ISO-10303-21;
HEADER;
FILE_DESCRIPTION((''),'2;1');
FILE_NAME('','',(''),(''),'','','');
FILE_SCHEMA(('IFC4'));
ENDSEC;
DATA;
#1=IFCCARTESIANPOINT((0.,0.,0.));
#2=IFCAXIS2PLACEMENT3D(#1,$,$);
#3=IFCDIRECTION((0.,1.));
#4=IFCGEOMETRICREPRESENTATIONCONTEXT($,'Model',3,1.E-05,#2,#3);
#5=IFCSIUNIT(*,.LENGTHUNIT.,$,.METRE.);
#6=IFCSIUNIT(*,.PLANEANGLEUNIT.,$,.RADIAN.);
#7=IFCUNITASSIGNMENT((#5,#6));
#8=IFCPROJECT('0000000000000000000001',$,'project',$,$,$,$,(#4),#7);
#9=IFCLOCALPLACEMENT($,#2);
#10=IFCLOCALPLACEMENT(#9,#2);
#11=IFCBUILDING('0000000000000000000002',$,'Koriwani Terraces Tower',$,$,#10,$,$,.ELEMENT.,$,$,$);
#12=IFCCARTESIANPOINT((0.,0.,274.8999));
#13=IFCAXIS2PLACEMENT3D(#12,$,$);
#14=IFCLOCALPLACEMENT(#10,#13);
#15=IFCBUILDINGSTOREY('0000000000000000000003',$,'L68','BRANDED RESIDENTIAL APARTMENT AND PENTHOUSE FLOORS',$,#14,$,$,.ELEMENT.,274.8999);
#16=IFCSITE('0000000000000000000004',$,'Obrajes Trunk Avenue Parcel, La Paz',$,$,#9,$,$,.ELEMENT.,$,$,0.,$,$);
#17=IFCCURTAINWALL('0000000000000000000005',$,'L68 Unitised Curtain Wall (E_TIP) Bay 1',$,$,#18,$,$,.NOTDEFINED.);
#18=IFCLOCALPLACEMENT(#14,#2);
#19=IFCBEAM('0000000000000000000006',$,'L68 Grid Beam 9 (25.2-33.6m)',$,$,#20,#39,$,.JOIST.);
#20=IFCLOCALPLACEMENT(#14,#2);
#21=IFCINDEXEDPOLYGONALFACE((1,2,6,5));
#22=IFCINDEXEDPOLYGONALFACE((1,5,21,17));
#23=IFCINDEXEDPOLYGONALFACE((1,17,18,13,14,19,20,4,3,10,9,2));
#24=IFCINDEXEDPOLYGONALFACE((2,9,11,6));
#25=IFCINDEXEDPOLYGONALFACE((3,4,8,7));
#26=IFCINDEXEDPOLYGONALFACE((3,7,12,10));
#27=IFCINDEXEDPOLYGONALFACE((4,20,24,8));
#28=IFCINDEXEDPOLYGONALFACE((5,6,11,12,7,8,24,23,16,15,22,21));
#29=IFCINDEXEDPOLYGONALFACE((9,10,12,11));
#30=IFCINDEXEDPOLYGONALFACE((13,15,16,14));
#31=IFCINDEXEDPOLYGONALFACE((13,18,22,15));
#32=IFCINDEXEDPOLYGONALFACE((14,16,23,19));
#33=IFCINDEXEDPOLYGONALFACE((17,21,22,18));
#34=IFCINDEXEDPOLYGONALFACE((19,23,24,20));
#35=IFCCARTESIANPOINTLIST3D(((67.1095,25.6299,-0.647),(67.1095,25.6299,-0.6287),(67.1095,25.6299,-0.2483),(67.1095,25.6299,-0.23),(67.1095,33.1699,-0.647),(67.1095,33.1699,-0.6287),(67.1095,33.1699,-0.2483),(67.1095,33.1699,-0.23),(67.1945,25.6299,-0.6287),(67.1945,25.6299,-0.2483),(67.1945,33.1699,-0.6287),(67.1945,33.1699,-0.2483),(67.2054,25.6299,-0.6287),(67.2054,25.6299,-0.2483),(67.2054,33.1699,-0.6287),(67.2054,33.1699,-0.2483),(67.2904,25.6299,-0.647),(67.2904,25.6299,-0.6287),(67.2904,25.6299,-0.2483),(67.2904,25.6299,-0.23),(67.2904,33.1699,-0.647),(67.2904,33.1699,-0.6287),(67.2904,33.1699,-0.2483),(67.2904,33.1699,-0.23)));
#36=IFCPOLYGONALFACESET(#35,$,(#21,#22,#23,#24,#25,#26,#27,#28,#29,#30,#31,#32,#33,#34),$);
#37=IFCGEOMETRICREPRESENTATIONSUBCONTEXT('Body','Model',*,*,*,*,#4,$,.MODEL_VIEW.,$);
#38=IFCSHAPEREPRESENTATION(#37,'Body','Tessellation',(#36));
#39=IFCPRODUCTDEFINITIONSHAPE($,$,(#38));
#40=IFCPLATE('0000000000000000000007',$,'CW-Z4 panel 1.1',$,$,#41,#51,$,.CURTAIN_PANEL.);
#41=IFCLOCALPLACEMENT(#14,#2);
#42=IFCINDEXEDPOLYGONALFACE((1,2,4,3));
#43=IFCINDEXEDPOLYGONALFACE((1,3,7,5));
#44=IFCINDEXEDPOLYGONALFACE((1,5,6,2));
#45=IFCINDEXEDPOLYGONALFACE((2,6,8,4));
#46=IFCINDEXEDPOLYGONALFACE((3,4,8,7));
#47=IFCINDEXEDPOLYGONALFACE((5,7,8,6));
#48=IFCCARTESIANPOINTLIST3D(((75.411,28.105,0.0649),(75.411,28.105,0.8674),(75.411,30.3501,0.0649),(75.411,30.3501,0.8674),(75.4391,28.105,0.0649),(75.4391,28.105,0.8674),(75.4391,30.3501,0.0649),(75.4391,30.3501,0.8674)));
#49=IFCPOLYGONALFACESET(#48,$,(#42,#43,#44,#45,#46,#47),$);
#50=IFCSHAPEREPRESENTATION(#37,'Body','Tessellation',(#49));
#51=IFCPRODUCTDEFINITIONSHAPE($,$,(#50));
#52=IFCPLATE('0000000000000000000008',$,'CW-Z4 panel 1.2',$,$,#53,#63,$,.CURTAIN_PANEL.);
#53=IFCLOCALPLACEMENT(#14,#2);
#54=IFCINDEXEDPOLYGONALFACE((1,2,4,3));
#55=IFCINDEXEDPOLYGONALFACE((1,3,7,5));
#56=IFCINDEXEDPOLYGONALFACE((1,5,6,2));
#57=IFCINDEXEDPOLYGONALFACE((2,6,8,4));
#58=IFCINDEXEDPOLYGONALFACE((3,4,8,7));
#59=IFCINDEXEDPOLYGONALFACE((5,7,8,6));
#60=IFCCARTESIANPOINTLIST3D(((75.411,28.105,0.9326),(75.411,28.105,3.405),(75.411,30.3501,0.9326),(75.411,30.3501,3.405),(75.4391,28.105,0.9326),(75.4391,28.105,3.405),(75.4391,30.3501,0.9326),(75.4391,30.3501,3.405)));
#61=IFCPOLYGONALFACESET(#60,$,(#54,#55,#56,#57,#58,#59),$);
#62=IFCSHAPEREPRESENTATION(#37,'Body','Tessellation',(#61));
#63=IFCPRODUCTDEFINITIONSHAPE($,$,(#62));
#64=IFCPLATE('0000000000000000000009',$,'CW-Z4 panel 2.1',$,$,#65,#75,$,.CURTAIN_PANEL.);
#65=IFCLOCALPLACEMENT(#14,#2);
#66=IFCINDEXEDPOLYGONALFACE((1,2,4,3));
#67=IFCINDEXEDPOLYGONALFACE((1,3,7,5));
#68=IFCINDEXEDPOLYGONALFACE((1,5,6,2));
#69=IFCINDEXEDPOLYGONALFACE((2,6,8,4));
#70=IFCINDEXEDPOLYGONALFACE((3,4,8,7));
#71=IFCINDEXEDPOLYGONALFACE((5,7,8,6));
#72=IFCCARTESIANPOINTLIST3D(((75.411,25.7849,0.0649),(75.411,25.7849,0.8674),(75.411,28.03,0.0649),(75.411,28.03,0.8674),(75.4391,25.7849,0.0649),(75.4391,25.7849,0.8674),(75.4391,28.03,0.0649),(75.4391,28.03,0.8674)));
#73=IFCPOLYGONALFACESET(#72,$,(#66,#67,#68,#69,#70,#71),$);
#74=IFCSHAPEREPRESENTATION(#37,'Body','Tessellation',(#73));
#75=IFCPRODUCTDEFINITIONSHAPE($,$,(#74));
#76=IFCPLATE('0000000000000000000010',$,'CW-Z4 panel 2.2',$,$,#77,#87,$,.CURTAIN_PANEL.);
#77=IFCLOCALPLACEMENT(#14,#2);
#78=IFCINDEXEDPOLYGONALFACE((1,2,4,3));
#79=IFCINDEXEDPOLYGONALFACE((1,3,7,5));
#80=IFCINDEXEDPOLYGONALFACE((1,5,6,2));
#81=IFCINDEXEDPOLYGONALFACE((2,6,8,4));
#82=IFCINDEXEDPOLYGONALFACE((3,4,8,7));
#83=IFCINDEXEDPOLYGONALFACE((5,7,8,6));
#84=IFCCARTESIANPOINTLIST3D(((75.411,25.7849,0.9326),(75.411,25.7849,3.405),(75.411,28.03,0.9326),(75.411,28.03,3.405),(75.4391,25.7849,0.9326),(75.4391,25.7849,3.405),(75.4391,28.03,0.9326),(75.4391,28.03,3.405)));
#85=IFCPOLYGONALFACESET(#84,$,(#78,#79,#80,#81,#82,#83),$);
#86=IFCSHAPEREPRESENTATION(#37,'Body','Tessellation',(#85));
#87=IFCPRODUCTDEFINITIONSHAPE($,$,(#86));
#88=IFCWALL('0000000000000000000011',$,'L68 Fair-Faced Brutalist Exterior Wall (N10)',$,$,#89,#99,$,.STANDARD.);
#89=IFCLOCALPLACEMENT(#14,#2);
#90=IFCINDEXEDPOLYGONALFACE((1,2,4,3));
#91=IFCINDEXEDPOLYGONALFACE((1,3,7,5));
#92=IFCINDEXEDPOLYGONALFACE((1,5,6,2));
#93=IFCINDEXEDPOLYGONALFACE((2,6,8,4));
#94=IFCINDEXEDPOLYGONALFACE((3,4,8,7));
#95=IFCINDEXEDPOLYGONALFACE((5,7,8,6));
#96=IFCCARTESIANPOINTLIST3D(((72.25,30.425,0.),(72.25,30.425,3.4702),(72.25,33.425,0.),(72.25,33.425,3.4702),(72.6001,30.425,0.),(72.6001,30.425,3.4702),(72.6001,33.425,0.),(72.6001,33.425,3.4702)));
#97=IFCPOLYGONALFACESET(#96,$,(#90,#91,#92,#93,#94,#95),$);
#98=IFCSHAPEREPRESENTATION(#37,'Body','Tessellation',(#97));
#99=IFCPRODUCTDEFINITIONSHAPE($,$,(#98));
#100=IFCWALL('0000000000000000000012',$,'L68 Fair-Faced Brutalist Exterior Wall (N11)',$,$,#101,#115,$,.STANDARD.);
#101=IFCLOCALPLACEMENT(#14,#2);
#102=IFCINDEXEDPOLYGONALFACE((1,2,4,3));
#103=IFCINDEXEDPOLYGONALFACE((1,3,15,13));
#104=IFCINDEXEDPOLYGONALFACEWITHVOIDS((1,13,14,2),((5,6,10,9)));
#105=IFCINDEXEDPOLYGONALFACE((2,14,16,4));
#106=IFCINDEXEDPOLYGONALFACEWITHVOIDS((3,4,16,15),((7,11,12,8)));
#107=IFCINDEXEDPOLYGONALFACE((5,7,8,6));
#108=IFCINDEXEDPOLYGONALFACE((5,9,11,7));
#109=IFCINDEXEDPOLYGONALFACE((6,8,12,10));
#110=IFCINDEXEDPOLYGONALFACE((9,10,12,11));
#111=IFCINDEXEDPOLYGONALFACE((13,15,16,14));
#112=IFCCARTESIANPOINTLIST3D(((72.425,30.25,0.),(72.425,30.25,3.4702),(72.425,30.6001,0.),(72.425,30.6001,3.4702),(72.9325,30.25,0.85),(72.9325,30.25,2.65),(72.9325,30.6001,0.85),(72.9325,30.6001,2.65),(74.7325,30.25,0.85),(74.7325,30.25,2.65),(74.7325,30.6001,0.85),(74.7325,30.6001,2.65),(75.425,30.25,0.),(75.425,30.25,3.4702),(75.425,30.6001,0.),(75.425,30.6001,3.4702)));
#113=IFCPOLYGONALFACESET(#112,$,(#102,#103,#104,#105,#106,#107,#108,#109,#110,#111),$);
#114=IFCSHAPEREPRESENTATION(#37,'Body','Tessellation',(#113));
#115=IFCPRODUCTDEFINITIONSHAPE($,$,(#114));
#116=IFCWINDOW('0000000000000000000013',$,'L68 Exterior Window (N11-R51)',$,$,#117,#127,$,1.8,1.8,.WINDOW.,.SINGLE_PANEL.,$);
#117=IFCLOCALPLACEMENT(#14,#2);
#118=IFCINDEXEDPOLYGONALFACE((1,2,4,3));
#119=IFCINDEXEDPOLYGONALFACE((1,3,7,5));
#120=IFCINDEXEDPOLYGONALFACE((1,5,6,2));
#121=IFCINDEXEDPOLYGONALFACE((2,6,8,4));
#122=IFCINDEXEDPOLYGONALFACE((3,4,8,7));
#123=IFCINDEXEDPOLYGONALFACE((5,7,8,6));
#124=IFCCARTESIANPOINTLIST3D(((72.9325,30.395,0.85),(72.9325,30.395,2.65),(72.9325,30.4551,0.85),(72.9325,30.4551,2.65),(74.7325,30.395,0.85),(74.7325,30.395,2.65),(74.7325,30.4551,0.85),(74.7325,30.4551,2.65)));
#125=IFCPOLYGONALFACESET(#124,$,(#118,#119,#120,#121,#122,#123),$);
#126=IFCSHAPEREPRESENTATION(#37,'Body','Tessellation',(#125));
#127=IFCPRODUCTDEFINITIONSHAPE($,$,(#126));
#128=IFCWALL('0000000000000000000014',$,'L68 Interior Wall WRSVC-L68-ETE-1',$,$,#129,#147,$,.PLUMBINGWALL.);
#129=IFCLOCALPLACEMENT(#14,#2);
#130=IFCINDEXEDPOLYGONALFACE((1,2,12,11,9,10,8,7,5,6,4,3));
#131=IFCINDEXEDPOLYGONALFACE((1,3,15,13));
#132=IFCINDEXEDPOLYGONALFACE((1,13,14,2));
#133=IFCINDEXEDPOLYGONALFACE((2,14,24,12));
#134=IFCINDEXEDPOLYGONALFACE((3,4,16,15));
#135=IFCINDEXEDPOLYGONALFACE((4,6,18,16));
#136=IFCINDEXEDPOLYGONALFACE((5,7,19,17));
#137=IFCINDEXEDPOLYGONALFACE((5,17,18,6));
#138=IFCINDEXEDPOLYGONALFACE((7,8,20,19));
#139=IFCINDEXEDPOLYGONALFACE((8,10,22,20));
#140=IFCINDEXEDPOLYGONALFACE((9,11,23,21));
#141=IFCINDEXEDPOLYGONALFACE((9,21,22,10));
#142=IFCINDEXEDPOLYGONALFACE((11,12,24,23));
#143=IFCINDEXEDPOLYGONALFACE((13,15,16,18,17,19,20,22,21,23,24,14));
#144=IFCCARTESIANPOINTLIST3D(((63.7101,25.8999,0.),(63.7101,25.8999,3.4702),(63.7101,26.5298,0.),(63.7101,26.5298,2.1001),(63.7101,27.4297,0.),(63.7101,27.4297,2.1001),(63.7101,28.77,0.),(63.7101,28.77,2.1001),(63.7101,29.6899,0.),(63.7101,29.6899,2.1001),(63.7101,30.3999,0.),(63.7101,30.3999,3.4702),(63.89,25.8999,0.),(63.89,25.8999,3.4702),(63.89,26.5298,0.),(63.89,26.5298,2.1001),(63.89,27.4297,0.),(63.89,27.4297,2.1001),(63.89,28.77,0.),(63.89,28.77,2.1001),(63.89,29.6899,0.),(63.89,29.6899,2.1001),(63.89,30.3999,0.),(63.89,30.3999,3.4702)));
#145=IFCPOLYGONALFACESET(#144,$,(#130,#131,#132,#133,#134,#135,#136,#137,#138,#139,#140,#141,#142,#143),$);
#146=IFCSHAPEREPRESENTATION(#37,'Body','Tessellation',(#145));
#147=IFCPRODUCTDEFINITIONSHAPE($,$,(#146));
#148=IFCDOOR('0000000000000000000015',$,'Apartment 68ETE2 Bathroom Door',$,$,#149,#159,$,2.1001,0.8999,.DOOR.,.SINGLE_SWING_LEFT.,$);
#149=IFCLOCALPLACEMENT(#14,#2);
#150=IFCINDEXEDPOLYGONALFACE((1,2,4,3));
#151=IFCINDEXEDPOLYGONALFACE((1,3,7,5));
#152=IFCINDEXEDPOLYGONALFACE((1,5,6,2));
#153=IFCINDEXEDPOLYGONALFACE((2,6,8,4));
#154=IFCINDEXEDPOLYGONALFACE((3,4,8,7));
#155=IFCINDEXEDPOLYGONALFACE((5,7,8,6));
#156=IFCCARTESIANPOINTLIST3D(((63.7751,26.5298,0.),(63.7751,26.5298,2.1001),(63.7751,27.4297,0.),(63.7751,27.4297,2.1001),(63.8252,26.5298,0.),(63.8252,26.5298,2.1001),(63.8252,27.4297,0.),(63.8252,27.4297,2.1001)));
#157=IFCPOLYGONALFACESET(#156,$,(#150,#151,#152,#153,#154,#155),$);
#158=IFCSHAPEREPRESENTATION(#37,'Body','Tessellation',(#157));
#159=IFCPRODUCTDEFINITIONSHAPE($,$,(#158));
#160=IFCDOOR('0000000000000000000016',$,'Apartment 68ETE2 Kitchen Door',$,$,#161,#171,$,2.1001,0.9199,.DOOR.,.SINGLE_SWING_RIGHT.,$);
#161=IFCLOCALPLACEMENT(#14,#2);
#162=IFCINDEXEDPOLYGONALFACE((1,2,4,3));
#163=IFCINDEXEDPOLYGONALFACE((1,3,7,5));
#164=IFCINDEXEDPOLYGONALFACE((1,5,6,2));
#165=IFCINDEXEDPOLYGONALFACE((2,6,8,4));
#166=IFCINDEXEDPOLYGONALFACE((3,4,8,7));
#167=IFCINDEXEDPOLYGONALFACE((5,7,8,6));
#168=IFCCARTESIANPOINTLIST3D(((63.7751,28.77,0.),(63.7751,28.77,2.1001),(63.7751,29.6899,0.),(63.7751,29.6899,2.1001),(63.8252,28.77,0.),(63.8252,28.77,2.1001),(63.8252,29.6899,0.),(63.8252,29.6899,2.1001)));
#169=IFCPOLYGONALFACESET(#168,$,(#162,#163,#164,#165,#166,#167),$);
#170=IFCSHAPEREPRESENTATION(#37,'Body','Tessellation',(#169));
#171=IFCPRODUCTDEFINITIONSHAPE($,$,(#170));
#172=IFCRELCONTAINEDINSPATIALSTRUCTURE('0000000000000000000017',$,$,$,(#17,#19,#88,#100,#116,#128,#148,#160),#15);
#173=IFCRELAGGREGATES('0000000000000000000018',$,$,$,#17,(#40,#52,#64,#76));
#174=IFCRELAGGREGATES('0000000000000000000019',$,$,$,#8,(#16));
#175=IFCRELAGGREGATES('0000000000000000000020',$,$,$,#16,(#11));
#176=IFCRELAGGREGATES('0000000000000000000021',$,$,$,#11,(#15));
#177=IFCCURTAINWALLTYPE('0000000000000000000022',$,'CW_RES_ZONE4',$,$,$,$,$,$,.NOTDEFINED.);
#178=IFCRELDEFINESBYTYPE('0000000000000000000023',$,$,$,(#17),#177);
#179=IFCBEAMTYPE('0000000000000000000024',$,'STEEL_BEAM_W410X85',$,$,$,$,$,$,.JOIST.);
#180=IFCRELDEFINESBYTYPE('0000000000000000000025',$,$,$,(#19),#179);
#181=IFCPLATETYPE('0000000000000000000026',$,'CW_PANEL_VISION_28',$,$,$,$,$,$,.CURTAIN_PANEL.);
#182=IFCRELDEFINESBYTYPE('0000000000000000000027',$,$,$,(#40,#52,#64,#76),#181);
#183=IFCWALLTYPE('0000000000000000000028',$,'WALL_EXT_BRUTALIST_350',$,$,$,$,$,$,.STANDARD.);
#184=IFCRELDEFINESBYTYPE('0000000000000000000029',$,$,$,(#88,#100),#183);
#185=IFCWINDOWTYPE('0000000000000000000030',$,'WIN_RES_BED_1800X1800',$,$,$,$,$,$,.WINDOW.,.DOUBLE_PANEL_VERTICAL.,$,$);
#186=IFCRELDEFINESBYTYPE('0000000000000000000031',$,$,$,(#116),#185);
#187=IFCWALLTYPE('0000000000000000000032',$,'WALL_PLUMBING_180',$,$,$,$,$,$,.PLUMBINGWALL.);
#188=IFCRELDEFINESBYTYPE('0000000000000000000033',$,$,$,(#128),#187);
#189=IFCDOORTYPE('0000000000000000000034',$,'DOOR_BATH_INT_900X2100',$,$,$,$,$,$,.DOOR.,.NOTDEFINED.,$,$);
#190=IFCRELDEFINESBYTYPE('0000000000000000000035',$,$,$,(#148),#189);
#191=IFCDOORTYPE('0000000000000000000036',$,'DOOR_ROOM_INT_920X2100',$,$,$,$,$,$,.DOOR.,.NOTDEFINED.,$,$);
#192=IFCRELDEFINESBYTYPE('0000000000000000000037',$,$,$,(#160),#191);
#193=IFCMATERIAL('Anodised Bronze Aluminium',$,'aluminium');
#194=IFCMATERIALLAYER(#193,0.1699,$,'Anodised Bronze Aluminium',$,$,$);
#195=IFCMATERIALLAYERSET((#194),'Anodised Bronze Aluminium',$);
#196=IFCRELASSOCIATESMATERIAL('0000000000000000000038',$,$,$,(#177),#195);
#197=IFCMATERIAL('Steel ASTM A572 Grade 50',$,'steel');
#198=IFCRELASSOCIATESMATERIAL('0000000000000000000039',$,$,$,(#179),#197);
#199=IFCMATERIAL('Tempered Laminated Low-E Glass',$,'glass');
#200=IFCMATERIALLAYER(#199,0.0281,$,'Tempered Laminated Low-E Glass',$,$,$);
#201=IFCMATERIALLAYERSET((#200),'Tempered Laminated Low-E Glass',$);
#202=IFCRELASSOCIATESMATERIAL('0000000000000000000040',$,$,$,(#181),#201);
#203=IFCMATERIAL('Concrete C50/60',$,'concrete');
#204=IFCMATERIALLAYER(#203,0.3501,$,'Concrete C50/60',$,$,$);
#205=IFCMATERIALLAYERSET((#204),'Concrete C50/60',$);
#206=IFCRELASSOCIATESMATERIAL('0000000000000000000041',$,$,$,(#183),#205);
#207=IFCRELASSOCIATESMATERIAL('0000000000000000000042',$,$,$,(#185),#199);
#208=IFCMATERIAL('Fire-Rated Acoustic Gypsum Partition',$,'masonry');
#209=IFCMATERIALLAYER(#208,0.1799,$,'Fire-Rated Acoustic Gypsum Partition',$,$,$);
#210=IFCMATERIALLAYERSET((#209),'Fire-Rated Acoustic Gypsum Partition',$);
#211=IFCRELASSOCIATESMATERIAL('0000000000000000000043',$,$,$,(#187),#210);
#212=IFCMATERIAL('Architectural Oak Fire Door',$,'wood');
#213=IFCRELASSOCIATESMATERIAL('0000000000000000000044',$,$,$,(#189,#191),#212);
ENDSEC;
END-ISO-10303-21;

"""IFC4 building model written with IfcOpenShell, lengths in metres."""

from ifc_helpers import new_model, si_unit, direction, frame, frame_2d, origin, origin_2d, place, context, subcontext, project, spatial, rectangle, i_section, extrude, material, layer, layer_set, material_profile, profile_set, type_object, element, fill, aggregate, save


model = new_model("IFC4")

# Units and contexts
model_context = context("Model", 3, precision=1e-05, world=origin(), true_north=direction((0.0, 1.0)))
body_context = subcontext(model_context, "Body", "Model", "MODEL_VIEW")
ifc_project = project(units=[si_unit("LENGTHUNIT", "METRE"), si_unit("PLANEANGLEUNIT", "RADIAN")], contexts=[model_context])

# Site, building, storey
site_placement = place(None, origin())
site = spatial("IfcSite", under=ifc_project, at=site_placement, Name="Obrajes Trunk Avenue Parcel, La Paz", CompositionType="ELEMENT", RefElevation=0.0)
building_placement = place(site_placement, origin())
building = spatial("IfcBuilding", under=site, at=building_placement, Name="Koriwani Terraces Tower", CompositionType="ELEMENT")
storey_placement = place(building_placement, frame((0.0, 0.0, 274.8999)))
storey = spatial("IfcBuildingStorey", under=building, at=storey_placement, Name="L68", Description="BRANDED RESIDENTIAL APARTMENT AND PENTHOUSE FLOORS", CompositionType="ELEMENT", Elevation=274.8999)

# Shared definitions
ifc_material_1 = material(Name="Concrete C50/60", Category="concrete")

# Curtain wall
ifc_material_2 = material(Name="Anodised Bronze Aluminium", Category="aluminium")
ifc_layer_1 = layer(ifc_material_2, 0.1699, Name="Anodised Bronze Aluminium")
ifc_layer_set_1 = layer_set([ifc_layer_1], Name="Anodised Bronze Aluminium")
curtain_wall_type = type_object("IfcCurtainWallType", Name="CW_RES_ZONE4", PredefinedType="NOTDEFINED", material=ifc_layer_set_1)
curtain_wall_placement = place(storey_placement, origin())
curtain_wall = element("IfcCurtainWall", 1, at=curtain_wall_placement, inside=storey, type_object=curtain_wall_type, Name="L68 Unitised Curtain Wall (E_TIP) Bay 1", PredefinedType="NOTDEFINED")

# Beam
ifc_material_3 = material(Name="Steel ASTM A572 Grade 50", Category="steel")
ifc_material_profile_1 = material_profile(ifc_material_3, i_section(OverallWidth=0.1809, OverallDepth=0.417, WebThickness=0.011, FlangeThickness=0.0183, at=origin_2d()), Name="Steel ASTM A572 Grade 50", Category="LoadBearing")
ifc_profile_set_1 = profile_set([ifc_material_profile_1], Name="Steel ASTM A572 Grade 50")
beam_type_1 = type_object("IfcBeamType", Name="STEEL_BEAM_W410X85", PredefinedType="JOIST", material=ifc_profile_set_1)
beam_1_placement = place(storey_placement, frame((67.2, 25.6299, -0.4385), z_axis=(0.0, 1.0, 0.0), x_axis=(-1.0, 0.0, 0.0)))
element("IfcBeam", 2, at=beam_1_placement, inside=storey, type_object=beam_type_1, Name="L68 Grid Beam 9 (25.2-33.6m)", PredefinedType="JOIST", context=body_context, shape_type="SweptSolid", body=[
    extrude(i_section(OverallWidth=0.1809, OverallDepth=0.417, WebThickness=0.011, FlangeThickness=0.0183, at=origin_2d()), origin(), (0.0, 0.0, 1.0), 7.54),
])

# Plates
ifc_material_4 = material(Name="Tempered Laminated Low-E Glass", Category="glass")
ifc_layer_2 = layer(ifc_material_4, 0.0281, Name="Tempered Laminated Low-E Glass")
ifc_layer_set_2 = layer_set([ifc_layer_2], Name="Tempered Laminated Low-E Glass")
plate_type = type_object("IfcPlateType", Name="CW_PANEL_VISION_28", PredefinedType="CURTAIN_PANEL", material=ifc_layer_set_2)
plate_1_placement = place(storey_placement, frame((75.425, 29.2275, 0.0649), z_axis=(0.0, 0.0, 1.0), x_axis=(0.0, -1.0, 0.0)))
plate_1 = element("IfcPlate", 3, at=plate_1_placement, type_object=plate_type, Name="CW-Z4 panel 1.1", PredefinedType="CURTAIN_PANEL", context=body_context, shape_type="SweptSolid", body=[
    extrude(rectangle(XDim=2.2451, YDim=0.0281, at=origin_2d()), origin(), (0.0, 0.0, 1.0), 0.8025),
])
plate_2_placement = place(storey_placement, frame((75.425, 29.2275, 0.9326), z_axis=(0.0, 0.0, 1.0), x_axis=(0.0, -1.0, 0.0)))
plate_2 = element("IfcPlate", 4, at=plate_2_placement, type_object=plate_type, Name="CW-Z4 panel 1.2", PredefinedType="CURTAIN_PANEL", context=body_context, shape_type="SweptSolid", body=[
    extrude(rectangle(XDim=2.2451, YDim=0.0281, at=origin_2d()), origin(), (0.0, 0.0, 1.0), 2.4724),
])
plate_3_placement = place(storey_placement, frame((75.425, 26.9075, 0.0649), z_axis=(0.0, 0.0, 1.0), x_axis=(0.0, -1.0, 0.0)))
plate_3 = element("IfcPlate", 5, at=plate_3_placement, type_object=plate_type, Name="CW-Z4 panel 2.1", PredefinedType="CURTAIN_PANEL", context=body_context, shape_type="SweptSolid", body=[
    extrude(rectangle(XDim=2.2451, YDim=0.0281, at=origin_2d()), origin(), (0.0, 0.0, 1.0), 0.8025),
])
plate_4_placement = place(storey_placement, frame((75.425, 26.9075, 0.9326), z_axis=(0.0, 0.0, 1.0), x_axis=(0.0, -1.0, 0.0)))
plate_4 = element("IfcPlate", 6, at=plate_4_placement, type_object=plate_type, Name="CW-Z4 panel 2.2", PredefinedType="CURTAIN_PANEL", context=body_context, shape_type="SweptSolid", body=[
    extrude(rectangle(XDim=2.2451, YDim=0.0281, at=origin_2d()), origin(), (0.0, 0.0, 1.0), 2.4724),
])
aggregate(curtain_wall, [plate_1, plate_2, plate_3, plate_4])

# Wall
ifc_layer_3 = layer(ifc_material_1, 0.3501, Name="Concrete C50/60")
ifc_layer_set_3 = layer_set([ifc_layer_3], Name="Concrete C50/60")
wall_type_1 = type_object("IfcWallType", Name="WALL_EXT_BRUTALIST_350", PredefinedType="STANDARD", material=ifc_layer_set_3)
wall_1_placement = place(storey_placement, frame((72.425, 33.425, 0.0), z_axis=(0.0, 0.0, 1.0), x_axis=(0.0, -1.0, 0.0)))
element("IfcWall", 7, at=wall_1_placement, inside=storey, type_object=wall_type_1, Name="L68 Fair-Faced Brutalist Exterior Wall (N10)", PredefinedType="STANDARD", context=body_context, shape_type="SweptSolid", body=[
    extrude(rectangle(XDim=3.0, YDim=0.3501, at=frame_2d((1.5, 0.0))), origin(), (0.0, 0.0, 1.0), 3.4702),
])

# Wall, opening, window
wall_2_placement = place(storey_placement, frame((72.425, 30.425, 0.0), z_axis=(0.0, 0.0, 1.0), x_axis=(1.0, 0.0, 0.0)))
wall_2 = element("IfcWall", 8, at=wall_2_placement, inside=storey, type_object=wall_type_1, Name="L68 Fair-Faced Brutalist Exterior Wall (N11)", PredefinedType="STANDARD", context=body_context, shape_type="SweptSolid", body=[
    extrude(rectangle(XDim=3.0, YDim=0.3501, at=frame_2d((1.5, 0.0))), origin(), (0.0, 0.0, 1.0), 3.4702),
])
opening_1_placement = place(wall_2_placement, frame((0.5076, 0.0, 0.8501)))
opening_1 = element("IfcOpeningElement", 9, at=opening_1_placement, cuts=wall_2, PredefinedType="OPENING", context=body_context, shape_type="SweptSolid", body=[
    extrude(rectangle(XDim=1.8, YDim=1.8, at=frame_2d((0.8999, 0.8999))), frame((0.0, 0.1851, 0.0), z_axis=(0.0, -1.0, 0.0), x_axis=(1.0, 0.0, 0.0)), (0.0, 0.0, 1.0), 0.3701),
])
window_type = type_object("IfcWindowType", Name="WIN_RES_BED_1800X1800", PartitioningType="DOUBLE_PANEL_VERTICAL", PredefinedType="WINDOW", material=ifc_material_4)
window_placement = place(opening_1_placement, origin())
window = element("IfcWindow", 10, at=window_placement, inside=storey, type_object=window_type, Name="L68 Exterior Window (N11-R51)", OverallHeight=1.8, OverallWidth=1.8, PartitioningType="SINGLE_PANEL", PredefinedType="WINDOW", context=body_context, shape_type="SweptSolid", body=[
    extrude(rectangle(XDim=1.8, YDim=1.8, at=frame_2d((0.8999, 0.8999))), frame((0.0, 0.03, 0.0), z_axis=(0.0, -1.0, 0.0), x_axis=(1.0, 0.0, 0.0)), (0.0, 0.0, 1.0), 0.0601),
])
fill(opening_1, window)

# Wall, openings, doors
ifc_material_5 = material(Name="Fire-Rated Acoustic Gypsum Partition", Category="masonry")
ifc_layer_4 = layer(ifc_material_5, 0.1799, Name="Fire-Rated Acoustic Gypsum Partition")
ifc_layer_set_4 = layer_set([ifc_layer_4], Name="Fire-Rated Acoustic Gypsum Partition")
wall_type_2 = type_object("IfcWallType", Name="WALL_PLUMBING_180", PredefinedType="PLUMBINGWALL", material=ifc_layer_set_4)
wall_3_placement = place(storey_placement, frame((63.8, 25.8999, 0.0), z_axis=(0.0, 0.0, 1.0), x_axis=(0.0, 1.0, 0.0)))
wall_3 = element("IfcWall", 11, at=wall_3_placement, inside=storey, type_object=wall_type_2, Name="L68 Interior Wall WRSVC-L68-ETE-1", PredefinedType="PLUMBINGWALL", context=body_context, shape_type="SweptSolid", body=[
    extrude(rectangle(XDim=4.5, YDim=0.1799, at=frame_2d((2.25, 0.0))), origin(), (0.0, 0.0, 1.0), 3.4702),
])
opening_2_placement = place(wall_3_placement, frame((0.6299, 0.0, 0.0)))
opening_2 = element("IfcOpeningElement", 12, at=opening_2_placement, cuts=wall_3, PredefinedType="OPENING", context=body_context, shape_type="SweptSolid", body=[
    extrude(rectangle(XDim=0.8999, YDim=2.1001, at=frame_2d((0.45, 1.05))), frame((0.0, 0.1001, 0.0), z_axis=(0.0, -1.0, 0.0), x_axis=(1.0, 0.0, 0.0)), (0.0, 0.0, 1.0), 0.2),
])
opening_3_placement = place(wall_3_placement, frame((2.8701, 0.0, 0.0)))
opening_3 = element("IfcOpeningElement", 13, at=opening_3_placement, cuts=wall_3, PredefinedType="OPENING", context=body_context, shape_type="SweptSolid", body=[
    extrude(rectangle(XDim=0.9199, YDim=2.1001, at=frame_2d((0.46, 1.05))), frame((0.0, 0.1001, 0.0), z_axis=(0.0, -1.0, 0.0), x_axis=(1.0, 0.0, 0.0)), (0.0, 0.0, 1.0), 0.2),
])
ifc_material_6 = material(Name="Architectural Oak Fire Door", Category="wood")
door_type_1 = type_object("IfcDoorType", Name="DOOR_BATH_INT_900X2100", OperationType="NOTDEFINED", PredefinedType="DOOR", material=ifc_material_6)
door_1_placement = place(opening_2_placement, origin())
door_1 = element("IfcDoor", 14, at=door_1_placement, inside=storey, type_object=door_type_1, Name="Apartment 68ETE2 Bathroom Door", OperationType="SINGLE_SWING_LEFT", OverallHeight=2.1001, OverallWidth=0.8999, PredefinedType="DOOR", context=body_context, shape_type="SweptSolid", body=[
    extrude(rectangle(XDim=0.8999, YDim=2.1001, at=frame_2d((0.45, 1.05))), frame((0.0, 0.0249, 0.0), z_axis=(0.0, -1.0, 0.0), x_axis=(1.0, 0.0, 0.0)), (0.0, 0.0, 1.0), 0.05),
])
fill(opening_2, door_1)
door_type_2 = type_object("IfcDoorType", Name="DOOR_ROOM_INT_920X2100", OperationType="NOTDEFINED", PredefinedType="DOOR", material=ifc_material_6)
door_2_placement = place(opening_3_placement, origin())
door_2 = element("IfcDoor", 15, at=door_2_placement, inside=storey, type_object=door_type_2, Name="Apartment 68ETE2 Kitchen Door", OperationType="SINGLE_SWING_RIGHT", OverallHeight=2.1001, OverallWidth=0.9199, PredefinedType="DOOR", context=body_context, shape_type="SweptSolid", body=[
    extrude(rectangle(XDim=0.9199, YDim=2.1001, at=frame_2d((0.46, 1.05))), frame((0.0, 0.0249, 0.0), z_axis=(0.0, -1.0, 0.0), x_axis=(1.0, 0.0, 0.0)), (0.0, 0.0, 1.0), 0.05),
])
fill(opening_3, door_2)

save(model, "model.ifc")
